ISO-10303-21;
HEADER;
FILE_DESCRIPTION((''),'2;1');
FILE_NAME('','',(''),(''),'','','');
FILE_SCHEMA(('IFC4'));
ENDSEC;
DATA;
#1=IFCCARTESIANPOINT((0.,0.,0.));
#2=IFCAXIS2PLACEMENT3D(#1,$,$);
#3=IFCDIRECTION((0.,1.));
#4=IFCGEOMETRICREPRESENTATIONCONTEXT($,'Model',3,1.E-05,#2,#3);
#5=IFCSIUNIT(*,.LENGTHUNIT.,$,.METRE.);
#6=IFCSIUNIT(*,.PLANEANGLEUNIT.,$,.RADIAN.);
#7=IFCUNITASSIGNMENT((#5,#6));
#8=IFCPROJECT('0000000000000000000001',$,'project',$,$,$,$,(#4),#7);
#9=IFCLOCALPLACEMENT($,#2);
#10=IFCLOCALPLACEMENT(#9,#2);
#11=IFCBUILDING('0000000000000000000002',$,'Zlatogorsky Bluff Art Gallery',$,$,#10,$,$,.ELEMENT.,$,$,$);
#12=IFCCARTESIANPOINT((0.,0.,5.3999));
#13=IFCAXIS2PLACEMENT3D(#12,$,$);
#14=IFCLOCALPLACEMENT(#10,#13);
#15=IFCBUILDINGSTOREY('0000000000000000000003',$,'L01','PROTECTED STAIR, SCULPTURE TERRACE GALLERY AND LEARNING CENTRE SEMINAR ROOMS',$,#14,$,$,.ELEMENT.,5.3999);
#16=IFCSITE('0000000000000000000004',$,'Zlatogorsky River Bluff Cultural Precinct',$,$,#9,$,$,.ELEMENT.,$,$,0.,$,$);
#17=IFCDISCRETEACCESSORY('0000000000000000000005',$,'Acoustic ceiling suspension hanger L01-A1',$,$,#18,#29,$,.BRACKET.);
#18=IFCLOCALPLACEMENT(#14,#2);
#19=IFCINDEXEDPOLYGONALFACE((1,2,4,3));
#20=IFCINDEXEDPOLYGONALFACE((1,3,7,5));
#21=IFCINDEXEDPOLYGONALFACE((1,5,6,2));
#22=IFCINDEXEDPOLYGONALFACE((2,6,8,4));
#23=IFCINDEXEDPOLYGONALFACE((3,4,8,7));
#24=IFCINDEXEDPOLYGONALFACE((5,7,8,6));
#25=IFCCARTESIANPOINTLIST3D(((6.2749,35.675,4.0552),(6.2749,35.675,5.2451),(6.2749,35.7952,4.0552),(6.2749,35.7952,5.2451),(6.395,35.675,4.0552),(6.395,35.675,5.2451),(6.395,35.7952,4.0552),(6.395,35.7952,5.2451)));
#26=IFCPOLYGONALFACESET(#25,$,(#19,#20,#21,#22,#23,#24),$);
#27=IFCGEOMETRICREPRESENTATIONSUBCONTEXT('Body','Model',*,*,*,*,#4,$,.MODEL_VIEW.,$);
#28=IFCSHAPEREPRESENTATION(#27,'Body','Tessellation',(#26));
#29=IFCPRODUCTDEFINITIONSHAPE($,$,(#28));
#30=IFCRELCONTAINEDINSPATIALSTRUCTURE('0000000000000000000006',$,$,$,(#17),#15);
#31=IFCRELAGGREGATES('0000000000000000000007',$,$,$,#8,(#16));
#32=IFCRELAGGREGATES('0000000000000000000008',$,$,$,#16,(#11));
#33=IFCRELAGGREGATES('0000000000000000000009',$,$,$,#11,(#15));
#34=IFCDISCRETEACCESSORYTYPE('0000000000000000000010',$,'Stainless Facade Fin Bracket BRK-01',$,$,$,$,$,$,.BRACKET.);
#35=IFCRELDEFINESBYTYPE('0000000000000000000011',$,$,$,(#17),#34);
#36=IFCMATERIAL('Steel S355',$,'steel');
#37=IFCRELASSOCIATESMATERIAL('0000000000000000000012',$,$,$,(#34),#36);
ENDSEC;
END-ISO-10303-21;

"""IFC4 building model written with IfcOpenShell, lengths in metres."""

from ifc_helpers import new_model, si_unit, direction, frame, origin, origin_2d, place, context, subcontext, project, spatial, rectangle, extrude, material, type_object, element, save


model = new_model("IFC4")

# Units and contexts
model_context = context("Model", 3, precision=1e-05, world=origin(), true_north=direction((0.0, 1.0)))
body_context = subcontext(model_context, "Body", "Model", "MODEL_VIEW")
ifc_project = project(units=[si_unit("LENGTHUNIT", "METRE"), si_unit("PLANEANGLEUNIT", "RADIAN")], contexts=[model_context])

# Site, building, storey
site_placement = place(None, origin())
site = spatial("IfcSite", under=ifc_project, at=site_placement, Name="Zlatogorsky River Bluff Cultural Precinct", CompositionType="ELEMENT", RefElevation=0.0)
building_placement = place(site_placement, origin())
building = spatial("IfcBuilding", under=site, at=building_placement, Name="Zlatogorsky Bluff Art Gallery", CompositionType="ELEMENT")
storey_placement = place(building_placement, frame((0.0, 0.0, 5.3999)))
storey = spatial("IfcBuildingStorey", under=building, at=storey_placement, Name="L01", Description="PROTECTED STAIR, SCULPTURE TERRACE GALLERY AND LEARNING CENTRE SEMINAR ROOMS", CompositionType="ELEMENT", Elevation=5.3999)

# Shared definitions
ifc_material_1 = material(Name="Steel S355", Category="steel")

# Discrete accessory
discrete_accessory_type = type_object("IfcDiscreteAccessoryType", Name="Stainless Facade Fin Bracket BRK-01", PredefinedType="BRACKET", material=ifc_material_1)
discrete_accessory_placement = place(storey_placement, frame((6.335, 35.7351, 4.0552), z_axis=(0.0, 0.0, 1.0), x_axis=(1.0, 0.0, 0.0)))
element("IfcDiscreteAccessory", 1, at=discrete_accessory_placement, inside=storey, type_object=discrete_accessory_type, Name="Acoustic ceiling suspension hanger L01-A1", PredefinedType="BRACKET", context=body_context, shape_type="SweptSolid", body=[
    extrude(rectangle(XDim=0.1201, YDim=0.1201, at=origin_2d()), origin(), (0.0, 0.0, 1.0), 1.1899),
])

save(model, "model.ifc")
